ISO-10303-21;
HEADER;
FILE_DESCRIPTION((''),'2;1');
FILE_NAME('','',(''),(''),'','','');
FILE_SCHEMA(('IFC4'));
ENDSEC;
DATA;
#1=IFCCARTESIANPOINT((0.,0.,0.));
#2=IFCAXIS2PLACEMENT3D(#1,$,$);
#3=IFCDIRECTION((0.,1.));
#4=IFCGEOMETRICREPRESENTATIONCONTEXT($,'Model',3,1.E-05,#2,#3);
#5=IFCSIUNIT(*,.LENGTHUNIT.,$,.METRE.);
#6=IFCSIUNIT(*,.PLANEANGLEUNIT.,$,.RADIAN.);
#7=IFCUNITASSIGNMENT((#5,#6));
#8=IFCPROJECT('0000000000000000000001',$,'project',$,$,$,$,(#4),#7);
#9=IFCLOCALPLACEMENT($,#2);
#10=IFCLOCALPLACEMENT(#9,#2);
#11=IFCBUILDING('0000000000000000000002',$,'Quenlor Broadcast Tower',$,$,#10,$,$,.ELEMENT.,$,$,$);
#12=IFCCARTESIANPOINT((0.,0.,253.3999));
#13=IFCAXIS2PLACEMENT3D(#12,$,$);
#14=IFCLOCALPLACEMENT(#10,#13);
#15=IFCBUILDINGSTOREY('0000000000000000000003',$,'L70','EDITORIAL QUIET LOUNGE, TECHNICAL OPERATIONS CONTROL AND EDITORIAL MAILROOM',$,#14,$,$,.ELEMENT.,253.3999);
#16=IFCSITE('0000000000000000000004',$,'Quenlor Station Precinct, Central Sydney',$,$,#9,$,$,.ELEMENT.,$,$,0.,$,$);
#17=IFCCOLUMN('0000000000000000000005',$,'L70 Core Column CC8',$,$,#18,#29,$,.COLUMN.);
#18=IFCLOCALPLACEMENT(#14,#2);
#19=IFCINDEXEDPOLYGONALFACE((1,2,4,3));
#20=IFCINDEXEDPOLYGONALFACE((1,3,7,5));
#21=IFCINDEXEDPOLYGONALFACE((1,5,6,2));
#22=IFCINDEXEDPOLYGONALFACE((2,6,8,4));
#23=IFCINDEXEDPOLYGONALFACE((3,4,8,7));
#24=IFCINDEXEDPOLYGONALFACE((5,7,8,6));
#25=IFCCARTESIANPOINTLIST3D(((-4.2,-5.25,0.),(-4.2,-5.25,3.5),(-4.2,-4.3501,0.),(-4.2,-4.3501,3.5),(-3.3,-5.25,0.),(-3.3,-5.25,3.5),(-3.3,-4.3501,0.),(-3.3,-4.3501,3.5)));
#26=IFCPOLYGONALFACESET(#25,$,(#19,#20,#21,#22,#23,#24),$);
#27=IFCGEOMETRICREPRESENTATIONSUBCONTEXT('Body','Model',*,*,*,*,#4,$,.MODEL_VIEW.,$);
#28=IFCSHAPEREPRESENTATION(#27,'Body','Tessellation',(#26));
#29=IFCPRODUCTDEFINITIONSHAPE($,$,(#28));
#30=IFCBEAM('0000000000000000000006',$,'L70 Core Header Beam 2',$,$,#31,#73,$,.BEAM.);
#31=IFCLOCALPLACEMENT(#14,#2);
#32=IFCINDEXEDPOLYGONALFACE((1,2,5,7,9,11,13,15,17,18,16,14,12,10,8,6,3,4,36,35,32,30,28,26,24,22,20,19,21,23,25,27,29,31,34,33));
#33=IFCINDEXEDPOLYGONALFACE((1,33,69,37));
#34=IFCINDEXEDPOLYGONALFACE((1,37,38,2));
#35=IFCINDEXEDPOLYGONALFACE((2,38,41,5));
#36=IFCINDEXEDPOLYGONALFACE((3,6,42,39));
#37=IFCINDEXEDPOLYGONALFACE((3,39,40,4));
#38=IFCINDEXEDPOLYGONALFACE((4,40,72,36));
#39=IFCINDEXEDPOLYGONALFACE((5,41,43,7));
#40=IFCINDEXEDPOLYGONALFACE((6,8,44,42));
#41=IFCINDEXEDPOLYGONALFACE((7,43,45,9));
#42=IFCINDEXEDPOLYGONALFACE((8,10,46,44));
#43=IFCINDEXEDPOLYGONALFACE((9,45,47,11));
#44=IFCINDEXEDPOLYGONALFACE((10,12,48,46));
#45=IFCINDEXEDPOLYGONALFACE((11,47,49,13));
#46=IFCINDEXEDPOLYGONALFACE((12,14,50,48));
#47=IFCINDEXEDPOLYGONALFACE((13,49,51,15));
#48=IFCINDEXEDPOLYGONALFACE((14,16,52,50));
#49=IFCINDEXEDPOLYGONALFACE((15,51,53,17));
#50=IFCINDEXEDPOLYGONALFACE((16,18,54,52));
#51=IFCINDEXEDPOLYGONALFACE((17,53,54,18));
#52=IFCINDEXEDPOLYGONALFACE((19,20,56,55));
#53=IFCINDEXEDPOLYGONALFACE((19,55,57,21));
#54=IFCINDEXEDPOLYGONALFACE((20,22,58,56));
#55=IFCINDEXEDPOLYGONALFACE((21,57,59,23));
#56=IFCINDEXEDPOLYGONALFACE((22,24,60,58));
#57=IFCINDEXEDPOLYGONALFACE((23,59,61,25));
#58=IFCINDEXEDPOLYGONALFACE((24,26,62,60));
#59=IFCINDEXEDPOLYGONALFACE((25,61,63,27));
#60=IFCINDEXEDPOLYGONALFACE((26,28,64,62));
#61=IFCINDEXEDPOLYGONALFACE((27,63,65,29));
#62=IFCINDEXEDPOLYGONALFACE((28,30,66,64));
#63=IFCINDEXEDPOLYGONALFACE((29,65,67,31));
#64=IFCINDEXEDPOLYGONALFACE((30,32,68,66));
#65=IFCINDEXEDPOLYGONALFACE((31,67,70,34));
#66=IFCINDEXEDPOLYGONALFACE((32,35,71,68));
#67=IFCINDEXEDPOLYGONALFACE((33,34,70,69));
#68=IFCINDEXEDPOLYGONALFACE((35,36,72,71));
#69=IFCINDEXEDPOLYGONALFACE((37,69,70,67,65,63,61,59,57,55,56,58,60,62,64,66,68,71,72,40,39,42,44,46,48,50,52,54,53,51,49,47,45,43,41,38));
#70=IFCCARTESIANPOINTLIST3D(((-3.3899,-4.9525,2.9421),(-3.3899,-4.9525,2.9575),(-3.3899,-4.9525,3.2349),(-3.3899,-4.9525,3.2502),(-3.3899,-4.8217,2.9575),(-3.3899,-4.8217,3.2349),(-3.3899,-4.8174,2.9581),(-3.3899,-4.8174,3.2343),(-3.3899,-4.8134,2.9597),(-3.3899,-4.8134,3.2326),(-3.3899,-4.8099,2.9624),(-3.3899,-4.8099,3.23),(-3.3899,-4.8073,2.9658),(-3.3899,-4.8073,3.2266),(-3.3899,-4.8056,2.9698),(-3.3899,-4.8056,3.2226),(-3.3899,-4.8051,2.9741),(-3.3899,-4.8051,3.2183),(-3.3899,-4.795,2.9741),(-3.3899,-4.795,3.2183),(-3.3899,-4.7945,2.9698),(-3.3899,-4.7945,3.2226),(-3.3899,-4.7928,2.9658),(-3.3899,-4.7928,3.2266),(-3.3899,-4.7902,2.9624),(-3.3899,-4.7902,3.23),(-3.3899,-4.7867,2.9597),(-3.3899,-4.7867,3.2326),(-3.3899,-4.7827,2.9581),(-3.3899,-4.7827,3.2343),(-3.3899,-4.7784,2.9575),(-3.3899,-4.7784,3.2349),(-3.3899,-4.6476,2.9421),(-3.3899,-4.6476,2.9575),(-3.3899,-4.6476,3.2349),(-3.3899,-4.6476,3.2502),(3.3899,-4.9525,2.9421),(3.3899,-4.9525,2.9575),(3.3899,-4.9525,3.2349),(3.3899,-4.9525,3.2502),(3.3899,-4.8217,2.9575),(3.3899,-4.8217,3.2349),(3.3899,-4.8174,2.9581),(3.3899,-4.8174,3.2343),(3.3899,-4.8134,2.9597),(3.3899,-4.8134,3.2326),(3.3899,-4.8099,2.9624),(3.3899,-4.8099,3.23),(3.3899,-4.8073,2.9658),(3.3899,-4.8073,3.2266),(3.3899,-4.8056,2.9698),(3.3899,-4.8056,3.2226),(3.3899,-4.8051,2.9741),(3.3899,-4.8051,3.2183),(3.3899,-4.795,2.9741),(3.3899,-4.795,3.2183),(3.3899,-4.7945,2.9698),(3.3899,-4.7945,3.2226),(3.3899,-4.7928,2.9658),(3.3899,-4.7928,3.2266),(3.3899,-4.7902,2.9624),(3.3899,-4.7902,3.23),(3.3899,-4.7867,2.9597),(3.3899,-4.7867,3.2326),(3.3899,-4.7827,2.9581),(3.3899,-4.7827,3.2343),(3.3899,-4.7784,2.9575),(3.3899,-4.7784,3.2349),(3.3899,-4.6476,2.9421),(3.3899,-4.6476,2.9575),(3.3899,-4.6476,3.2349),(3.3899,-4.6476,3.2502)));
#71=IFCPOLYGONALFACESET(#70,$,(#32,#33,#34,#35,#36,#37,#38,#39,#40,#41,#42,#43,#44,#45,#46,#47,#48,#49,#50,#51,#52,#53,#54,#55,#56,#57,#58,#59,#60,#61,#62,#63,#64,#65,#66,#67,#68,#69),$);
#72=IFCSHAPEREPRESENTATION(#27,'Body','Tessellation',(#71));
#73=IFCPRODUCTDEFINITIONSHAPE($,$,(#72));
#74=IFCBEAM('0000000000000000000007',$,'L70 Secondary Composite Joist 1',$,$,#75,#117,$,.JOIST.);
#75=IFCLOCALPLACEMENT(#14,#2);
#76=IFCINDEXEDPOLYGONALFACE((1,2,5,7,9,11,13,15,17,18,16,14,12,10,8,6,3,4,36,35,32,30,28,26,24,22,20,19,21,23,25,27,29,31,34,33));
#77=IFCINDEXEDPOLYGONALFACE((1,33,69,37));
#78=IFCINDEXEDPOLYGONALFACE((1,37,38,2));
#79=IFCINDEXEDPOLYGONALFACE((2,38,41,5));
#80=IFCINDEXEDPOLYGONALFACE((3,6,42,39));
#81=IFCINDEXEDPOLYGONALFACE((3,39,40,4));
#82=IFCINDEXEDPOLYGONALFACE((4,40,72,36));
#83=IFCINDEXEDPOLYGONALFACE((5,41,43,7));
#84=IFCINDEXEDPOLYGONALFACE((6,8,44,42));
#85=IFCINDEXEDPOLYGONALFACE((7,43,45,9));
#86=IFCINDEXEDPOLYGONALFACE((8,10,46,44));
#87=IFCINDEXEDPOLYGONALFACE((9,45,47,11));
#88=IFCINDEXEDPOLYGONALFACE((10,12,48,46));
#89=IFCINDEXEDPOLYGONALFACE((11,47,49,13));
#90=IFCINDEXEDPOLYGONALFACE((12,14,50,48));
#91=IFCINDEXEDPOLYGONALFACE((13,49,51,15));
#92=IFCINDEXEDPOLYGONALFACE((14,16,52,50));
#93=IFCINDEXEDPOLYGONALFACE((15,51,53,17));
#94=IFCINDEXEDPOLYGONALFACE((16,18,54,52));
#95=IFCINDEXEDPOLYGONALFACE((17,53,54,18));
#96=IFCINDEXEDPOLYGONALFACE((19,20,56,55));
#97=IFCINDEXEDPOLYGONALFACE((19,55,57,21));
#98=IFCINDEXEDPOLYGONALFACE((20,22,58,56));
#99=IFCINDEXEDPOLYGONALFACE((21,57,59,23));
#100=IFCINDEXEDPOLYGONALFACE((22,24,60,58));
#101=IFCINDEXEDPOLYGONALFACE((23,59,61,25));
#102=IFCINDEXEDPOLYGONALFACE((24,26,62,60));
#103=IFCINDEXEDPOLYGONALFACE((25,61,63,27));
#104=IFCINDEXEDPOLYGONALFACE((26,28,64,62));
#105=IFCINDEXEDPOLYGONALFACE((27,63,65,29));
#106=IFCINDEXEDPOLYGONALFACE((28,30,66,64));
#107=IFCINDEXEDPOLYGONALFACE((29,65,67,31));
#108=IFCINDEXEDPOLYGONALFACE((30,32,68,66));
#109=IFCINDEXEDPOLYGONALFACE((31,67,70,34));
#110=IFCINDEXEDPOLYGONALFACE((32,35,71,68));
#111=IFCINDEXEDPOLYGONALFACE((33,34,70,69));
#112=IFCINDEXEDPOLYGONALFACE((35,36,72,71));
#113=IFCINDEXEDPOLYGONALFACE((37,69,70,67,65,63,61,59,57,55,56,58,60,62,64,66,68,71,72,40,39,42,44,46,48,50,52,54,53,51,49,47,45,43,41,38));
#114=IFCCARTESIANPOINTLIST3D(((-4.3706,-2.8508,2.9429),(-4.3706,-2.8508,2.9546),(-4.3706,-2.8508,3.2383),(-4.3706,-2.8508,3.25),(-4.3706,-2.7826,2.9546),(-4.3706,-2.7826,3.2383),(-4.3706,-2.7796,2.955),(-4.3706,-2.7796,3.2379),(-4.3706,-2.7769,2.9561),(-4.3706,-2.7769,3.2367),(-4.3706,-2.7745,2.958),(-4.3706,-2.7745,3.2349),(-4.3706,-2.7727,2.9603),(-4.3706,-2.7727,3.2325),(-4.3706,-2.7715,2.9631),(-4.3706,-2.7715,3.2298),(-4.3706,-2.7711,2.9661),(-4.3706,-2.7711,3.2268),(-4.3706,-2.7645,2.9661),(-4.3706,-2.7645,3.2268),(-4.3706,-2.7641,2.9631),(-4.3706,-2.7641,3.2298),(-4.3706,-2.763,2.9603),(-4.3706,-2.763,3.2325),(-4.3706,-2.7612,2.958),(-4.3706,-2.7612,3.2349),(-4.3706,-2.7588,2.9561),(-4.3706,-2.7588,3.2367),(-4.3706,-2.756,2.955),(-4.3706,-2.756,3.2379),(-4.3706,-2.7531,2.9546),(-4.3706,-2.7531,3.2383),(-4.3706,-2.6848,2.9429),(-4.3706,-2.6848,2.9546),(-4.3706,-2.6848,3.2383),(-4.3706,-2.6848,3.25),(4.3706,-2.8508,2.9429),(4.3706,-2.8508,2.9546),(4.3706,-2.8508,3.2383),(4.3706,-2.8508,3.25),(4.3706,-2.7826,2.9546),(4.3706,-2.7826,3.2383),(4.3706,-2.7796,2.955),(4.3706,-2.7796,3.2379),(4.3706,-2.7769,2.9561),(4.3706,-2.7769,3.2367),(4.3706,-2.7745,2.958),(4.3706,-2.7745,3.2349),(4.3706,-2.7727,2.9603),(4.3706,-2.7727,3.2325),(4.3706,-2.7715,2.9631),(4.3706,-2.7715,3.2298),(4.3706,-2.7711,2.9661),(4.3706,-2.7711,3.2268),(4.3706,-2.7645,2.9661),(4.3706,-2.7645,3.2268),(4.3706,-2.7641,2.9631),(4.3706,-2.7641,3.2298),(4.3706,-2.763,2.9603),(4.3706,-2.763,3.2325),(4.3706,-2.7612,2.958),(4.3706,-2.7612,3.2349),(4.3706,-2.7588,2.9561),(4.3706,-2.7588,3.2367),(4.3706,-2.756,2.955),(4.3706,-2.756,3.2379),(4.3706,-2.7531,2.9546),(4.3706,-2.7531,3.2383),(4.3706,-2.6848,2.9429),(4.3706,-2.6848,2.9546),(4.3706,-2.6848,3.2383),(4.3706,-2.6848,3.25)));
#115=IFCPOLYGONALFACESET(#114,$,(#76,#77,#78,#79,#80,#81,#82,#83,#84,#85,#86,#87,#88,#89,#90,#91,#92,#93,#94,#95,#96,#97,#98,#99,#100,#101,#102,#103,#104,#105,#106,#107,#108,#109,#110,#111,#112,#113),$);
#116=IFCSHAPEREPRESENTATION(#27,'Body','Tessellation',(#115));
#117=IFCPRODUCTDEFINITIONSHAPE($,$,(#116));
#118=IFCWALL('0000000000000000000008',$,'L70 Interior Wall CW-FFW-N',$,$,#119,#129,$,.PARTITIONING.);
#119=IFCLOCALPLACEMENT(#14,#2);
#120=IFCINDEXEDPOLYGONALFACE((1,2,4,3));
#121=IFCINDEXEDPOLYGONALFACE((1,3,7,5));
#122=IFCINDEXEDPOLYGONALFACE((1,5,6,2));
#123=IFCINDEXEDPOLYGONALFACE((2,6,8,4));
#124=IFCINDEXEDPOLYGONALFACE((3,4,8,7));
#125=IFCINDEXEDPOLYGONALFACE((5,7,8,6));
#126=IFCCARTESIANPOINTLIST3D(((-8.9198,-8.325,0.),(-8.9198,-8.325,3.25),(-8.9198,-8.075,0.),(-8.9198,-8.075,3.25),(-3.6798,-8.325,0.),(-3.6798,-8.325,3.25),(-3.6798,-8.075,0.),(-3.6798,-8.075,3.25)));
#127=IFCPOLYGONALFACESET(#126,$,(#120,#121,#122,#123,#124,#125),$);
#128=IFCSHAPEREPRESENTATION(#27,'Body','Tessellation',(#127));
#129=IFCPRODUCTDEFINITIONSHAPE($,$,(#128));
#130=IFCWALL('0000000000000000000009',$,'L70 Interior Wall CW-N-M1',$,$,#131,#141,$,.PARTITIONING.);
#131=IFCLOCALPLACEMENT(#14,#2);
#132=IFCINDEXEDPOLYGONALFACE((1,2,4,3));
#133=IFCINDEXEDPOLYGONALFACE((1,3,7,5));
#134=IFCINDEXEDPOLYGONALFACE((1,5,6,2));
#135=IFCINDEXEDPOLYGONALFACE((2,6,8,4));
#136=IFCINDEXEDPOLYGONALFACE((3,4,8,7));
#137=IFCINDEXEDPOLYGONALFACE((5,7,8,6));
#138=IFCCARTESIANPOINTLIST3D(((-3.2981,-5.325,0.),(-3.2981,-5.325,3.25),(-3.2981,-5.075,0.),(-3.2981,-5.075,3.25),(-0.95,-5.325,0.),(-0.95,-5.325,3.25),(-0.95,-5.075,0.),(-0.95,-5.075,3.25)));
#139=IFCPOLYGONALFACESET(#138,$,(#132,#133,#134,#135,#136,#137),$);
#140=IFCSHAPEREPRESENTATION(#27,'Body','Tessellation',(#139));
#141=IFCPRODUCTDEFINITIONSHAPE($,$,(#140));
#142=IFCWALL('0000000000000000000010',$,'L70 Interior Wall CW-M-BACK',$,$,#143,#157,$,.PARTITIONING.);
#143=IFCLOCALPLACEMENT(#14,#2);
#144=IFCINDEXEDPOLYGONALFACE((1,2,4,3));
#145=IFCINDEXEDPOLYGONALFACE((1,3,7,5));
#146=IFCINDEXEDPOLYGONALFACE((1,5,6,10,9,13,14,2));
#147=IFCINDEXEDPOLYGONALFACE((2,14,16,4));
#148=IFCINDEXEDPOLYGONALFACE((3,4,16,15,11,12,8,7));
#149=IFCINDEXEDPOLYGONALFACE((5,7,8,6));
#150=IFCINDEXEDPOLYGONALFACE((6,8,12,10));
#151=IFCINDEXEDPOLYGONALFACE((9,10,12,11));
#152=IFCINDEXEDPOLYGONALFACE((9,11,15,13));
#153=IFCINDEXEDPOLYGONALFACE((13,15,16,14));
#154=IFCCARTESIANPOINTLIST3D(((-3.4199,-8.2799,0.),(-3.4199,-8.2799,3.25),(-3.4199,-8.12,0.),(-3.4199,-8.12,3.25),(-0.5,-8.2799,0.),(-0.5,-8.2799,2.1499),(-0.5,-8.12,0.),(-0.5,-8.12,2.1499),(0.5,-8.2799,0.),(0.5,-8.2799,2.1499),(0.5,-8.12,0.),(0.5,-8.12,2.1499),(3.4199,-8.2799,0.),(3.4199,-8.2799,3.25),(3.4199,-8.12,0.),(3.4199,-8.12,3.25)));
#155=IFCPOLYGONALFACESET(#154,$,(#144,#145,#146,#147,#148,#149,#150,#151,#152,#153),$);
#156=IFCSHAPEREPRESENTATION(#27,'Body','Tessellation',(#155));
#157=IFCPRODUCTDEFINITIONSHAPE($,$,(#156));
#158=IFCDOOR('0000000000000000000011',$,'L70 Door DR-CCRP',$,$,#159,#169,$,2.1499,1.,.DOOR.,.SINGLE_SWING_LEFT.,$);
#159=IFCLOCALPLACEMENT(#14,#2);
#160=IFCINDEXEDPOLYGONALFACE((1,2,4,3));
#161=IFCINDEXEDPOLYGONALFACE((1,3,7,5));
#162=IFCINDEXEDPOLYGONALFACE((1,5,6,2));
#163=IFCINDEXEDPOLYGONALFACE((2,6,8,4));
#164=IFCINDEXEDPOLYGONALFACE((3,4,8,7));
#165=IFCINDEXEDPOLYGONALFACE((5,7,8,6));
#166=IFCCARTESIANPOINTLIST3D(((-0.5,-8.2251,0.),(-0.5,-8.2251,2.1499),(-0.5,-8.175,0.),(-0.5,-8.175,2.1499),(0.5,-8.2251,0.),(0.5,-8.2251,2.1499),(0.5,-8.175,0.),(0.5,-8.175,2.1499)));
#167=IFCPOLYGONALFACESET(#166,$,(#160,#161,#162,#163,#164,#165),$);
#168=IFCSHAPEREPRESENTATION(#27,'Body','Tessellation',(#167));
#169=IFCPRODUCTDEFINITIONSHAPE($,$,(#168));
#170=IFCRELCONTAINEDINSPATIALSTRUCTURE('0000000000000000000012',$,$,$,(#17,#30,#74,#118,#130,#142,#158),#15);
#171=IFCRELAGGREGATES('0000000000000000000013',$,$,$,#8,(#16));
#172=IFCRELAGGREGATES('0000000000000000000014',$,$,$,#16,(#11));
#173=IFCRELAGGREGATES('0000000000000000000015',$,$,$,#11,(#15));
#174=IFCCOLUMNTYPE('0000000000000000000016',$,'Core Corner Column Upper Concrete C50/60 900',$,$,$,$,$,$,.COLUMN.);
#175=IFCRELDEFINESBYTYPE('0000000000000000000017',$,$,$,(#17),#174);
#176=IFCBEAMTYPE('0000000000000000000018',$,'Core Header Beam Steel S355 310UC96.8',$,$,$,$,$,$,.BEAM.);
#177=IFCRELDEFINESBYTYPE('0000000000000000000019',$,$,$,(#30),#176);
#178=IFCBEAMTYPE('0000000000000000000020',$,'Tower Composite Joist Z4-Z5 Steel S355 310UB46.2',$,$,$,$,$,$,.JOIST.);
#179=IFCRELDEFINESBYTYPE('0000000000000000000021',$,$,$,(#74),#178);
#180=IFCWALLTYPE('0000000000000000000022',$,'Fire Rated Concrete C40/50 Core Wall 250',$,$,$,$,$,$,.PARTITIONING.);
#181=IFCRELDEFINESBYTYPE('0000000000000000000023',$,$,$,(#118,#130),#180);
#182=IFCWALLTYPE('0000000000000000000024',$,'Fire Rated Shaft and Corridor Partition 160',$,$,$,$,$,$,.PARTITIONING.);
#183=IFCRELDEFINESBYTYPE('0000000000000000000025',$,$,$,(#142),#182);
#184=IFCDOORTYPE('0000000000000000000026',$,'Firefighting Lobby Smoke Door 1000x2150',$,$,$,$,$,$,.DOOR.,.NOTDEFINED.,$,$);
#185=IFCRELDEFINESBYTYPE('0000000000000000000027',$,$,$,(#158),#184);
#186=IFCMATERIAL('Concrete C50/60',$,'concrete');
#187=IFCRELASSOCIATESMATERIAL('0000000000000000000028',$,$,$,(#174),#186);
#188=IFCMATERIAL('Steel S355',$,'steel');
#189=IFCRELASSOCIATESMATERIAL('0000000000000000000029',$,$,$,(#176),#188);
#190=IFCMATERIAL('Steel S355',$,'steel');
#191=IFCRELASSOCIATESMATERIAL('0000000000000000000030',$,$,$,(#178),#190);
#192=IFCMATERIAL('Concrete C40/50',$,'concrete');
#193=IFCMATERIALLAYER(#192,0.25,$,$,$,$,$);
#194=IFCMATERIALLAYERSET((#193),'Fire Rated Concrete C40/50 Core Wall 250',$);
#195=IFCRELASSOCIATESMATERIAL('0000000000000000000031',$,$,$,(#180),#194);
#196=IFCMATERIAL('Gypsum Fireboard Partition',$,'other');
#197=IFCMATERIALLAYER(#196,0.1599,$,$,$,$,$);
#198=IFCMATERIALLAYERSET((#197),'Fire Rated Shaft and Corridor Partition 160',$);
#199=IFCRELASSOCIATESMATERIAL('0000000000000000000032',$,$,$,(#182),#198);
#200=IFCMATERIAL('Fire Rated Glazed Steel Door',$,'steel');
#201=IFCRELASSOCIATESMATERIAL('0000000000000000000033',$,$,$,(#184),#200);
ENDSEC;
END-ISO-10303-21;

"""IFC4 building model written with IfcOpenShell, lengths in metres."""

from ifc_helpers import new_model, si_unit, direction, frame, frame_2d, origin, origin_2d, place, context, subcontext, project, spatial, rectangle, i_section, extrude, material, layer, layer_set, material_profile, profile_set, type_object, element, fill, save


model = new_model("IFC4")

# Units and contexts
model_context = context("Model", 3, precision=1e-05, world=origin(), true_north=direction((0.0, 1.0)))
body_context = subcontext(model_context, "Body", "Model", "MODEL_VIEW")
ifc_project = project(units=[si_unit("LENGTHUNIT", "METRE"), si_unit("PLANEANGLEUNIT", "RADIAN")], contexts=[model_context])

# Site, building, storey
site_placement = place(None, origin())
site = spatial("IfcSite", under=ifc_project, at=site_placement, Name="Quenlor Station Precinct, Central Sydney", CompositionType="ELEMENT", RefElevation=0.0)
building_placement = place(site_placement, origin())
building = spatial("IfcBuilding", under=site, at=building_placement, Name="Quenlor Broadcast Tower", CompositionType="ELEMENT")
storey_placement = place(building_placement, frame((0.0, 0.0, 253.3999)))
storey = spatial("IfcBuildingStorey", under=building, at=storey_placement, Name="L70", Description="EDITORIAL QUIET LOUNGE, TECHNICAL OPERATIONS CONTROL AND EDITORIAL MAILROOM", CompositionType="ELEMENT", Elevation=253.3999)

# Column
ifc_material_1 = material(Name="Concrete C50/60", Category="concrete")
ifc_material_profile_1 = material_profile(ifc_material_1, rectangle(XDim=0.8999, YDim=0.8999, at=origin_2d()))
ifc_profile_set_1 = profile_set([ifc_material_profile_1], Name="Concrete C50/60 RC900x900")
column_type = type_object("IfcColumnType", Name="Core Corner Column Upper Concrete C50/60 900", PredefinedType="COLUMN", material=ifc_profile_set_1)
column_placement = place(storey_placement, frame((-3.75, -4.8, 0.0), z_axis=(0.0, 0.0, 1.0), x_axis=(1.0, 0.0, 0.0)))
element("IfcColumn", 1, at=column_placement, inside=storey, type_object=column_type, Name="L70 Core Column CC8", PredefinedType="COLUMN", context=body_context, shape_type="SweptSolid", body=[
    extrude(rectangle(XDim=0.8999, YDim=0.8999, at=origin_2d()), origin(), (0.0, 0.0, 1.0), 3.5),
])

# Beams
ifc_material_2 = material(Name="Steel S355", Category="steel")
ifc_material_profile_2 = material_profile(ifc_material_2, i_section(OverallWidth=0.3049, OverallDepth=0.3081, WebThickness=0.01, FlangeThickness=0.0154, FilletRadius=0.0166, at=origin_2d()))
ifc_profile_set_2 = profile_set([ifc_material_profile_2], Name="Steel S355 310UC96.8")
beam_type_1 = type_object("IfcBeamType", Name="Core Header Beam Steel S355 310UC96.8", PredefinedType="BEAM", material=ifc_profile_set_2)
beam_1_placement = place(storey_placement, frame((-3.3899, -4.8, 3.0962), z_axis=(1.0, 0.0, 0.0), x_axis=(0.0, 1.0, 0.0)))
element("IfcBeam", 2, at=beam_1_placement, inside=storey, type_object=beam_type_1, Name="L70 Core Header Beam 2", PredefinedType="BEAM", context=body_context, shape_type="SweptSolid", body=[
    extrude(i_section(OverallWidth=0.3049, OverallDepth=0.3081, WebThickness=0.01, FlangeThickness=0.0154, FilletRadius=0.0166, at=origin_2d()), origin(), (0.0, 0.0, 1.0), 6.7798),
])
ifc_material_3 = material(Name="Steel S355", Category="steel")
ifc_material_profile_3 = material_profile(ifc_material_3, i_section(OverallWidth=0.166, OverallDepth=0.3071, WebThickness=0.0066, FlangeThickness=0.0117, FilletRadius=0.0115, at=origin_2d()))
ifc_profile_set_3 = profile_set([ifc_material_profile_3], Name="Steel S355 310UB46.2")
beam_type_2 = type_object("IfcBeamType", Name="Tower Composite Joist Z4-Z5 Steel S355 310UB46.2", PredefinedType="JOIST", material=ifc_profile_set_3)
beam_2_placement = place(storey_placement, frame((-4.3706, -2.7678, 3.0964), z_axis=(1.0, 0.0, 0.0), x_axis=(0.0, 1.0, 0.0)))
element("IfcBeam", 3, at=beam_2_placement, inside=storey, type_object=beam_type_2, Name="L70 Secondary Composite Joist 1", PredefinedType="JOIST", context=body_context, shape_type="SweptSolid", body=[
    extrude(i_section(OverallWidth=0.166, OverallDepth=0.3071, WebThickness=0.0066, FlangeThickness=0.0117, FilletRadius=0.0115, at=origin_2d()), origin(), (0.0, 0.0, 1.0), 8.7412),
])

# Shared definitions
ifc_material_4 = material(Name="Concrete C40/50", Category="concrete")
ifc_layer_1 = layer(ifc_material_4, 0.25)
ifc_layer_set_1 = layer_set([ifc_layer_1], Name="Fire Rated Concrete C40/50 Core Wall 250")
wall_type_1 = type_object("IfcWallType", Name="Fire Rated Concrete C40/50 Core Wall 250", PredefinedType="PARTITIONING", material=ifc_layer_set_1)

# Walls
wall_1_placement = place(storey_placement, frame((-8.9199, -8.2, 0.0), z_axis=(0.0, 0.0, 1.0), x_axis=(1.0, 0.0, 0.0)))
element("IfcWall", 4, at=wall_1_placement, inside=storey, type_object=wall_type_1, Name="L70 Interior Wall CW-FFW-N", PredefinedType="PARTITIONING", context=body_context, shape_type="SweptSolid", body=[
    extrude(rectangle(XDim=5.24, YDim=0.25, at=frame_2d((2.6201, 0.0))), origin(), (0.0, 0.0, 1.0), 3.25),
])
wall_2_placement = place(storey_placement, frame((-3.2981, -5.2, 0.0), z_axis=(0.0, 0.0, 1.0), x_axis=(1.0, 0.0, 0.0)))
element("IfcWall", 5, at=wall_2_placement, inside=storey, type_object=wall_type_1, Name="L70 Interior Wall CW-N-M1", PredefinedType="PARTITIONING", context=body_context, shape_type="SweptSolid", body=[
    extrude(rectangle(XDim=2.3481, YDim=0.25, at=frame_2d((1.1741, 0.0))), origin(), (0.0, 0.0, 1.0), 3.25),
])

# Wall, opening, door
ifc_material_5 = material(Name="Gypsum Fireboard Partition", Category="other")
ifc_layer_2 = layer(ifc_material_5, 0.1599)
ifc_layer_set_2 = layer_set([ifc_layer_2], Name="Fire Rated Shaft and Corridor Partition 160")
wall_type_2 = type_object("IfcWallType", Name="Fire Rated Shaft and Corridor Partition 160", PredefinedType="PARTITIONING", material=ifc_layer_set_2)
wall_3_placement = place(storey_placement, frame((-3.4199, -8.2, 0.0), z_axis=(0.0, 0.0, 1.0), x_axis=(1.0, 0.0, 0.0)))
wall_3 = element("IfcWall", 6, at=wall_3_placement, inside=storey, type_object=wall_type_2, Name="L70 Interior Wall CW-M-BACK", PredefinedType="PARTITIONING", context=body_context, shape_type="SweptSolid", body=[
    extrude(rectangle(XDim=6.8398, YDim=0.1599, at=frame_2d((3.4199, 0.0))), origin(), (0.0, 0.0, 1.0), 3.25),
])
opening_1_placement = place(wall_3_placement, frame((2.9199, 0.0, 0.0)))
opening_1 = element("IfcOpeningElement", 7, at=opening_1_placement, cuts=wall_3, PredefinedType="OPENING", context=body_context, shape_type="SweptSolid", body=[
    extrude(rectangle(XDim=1.0, YDim=2.1499, at=frame_2d((0.5, 1.075))), frame((0.0, 0.0898, 0.0), z_axis=(0.0, -1.0, 0.0), x_axis=(1.0, 0.0, 0.0)), (0.0, 0.0, 1.0), 0.1799),
])
ifc_material_6 = material(Name="Fire Rated Glazed Steel Door", Category="steel")
door_type_1 = type_object("IfcDoorType", Name="Firefighting Lobby Smoke Door 1000x2150", OperationType="NOTDEFINED", PredefinedType="DOOR", material=ifc_material_6)
door_1_placement = place(opening_1_placement, origin())
door_1 = element("IfcDoor", 8, at=door_1_placement, inside=storey, type_object=door_type_1, Name="L70 Door DR-CCRP", OperationType="SINGLE_SWING_LEFT", OverallHeight=2.1499, OverallWidth=1.0, PredefinedType="DOOR", context=body_context, shape_type="SweptSolid", body=[
    extrude(rectangle(XDim=1.0, YDim=2.1499, at=frame_2d((0.5, 1.075))), frame((0.0, 0.0249, 0.0), z_axis=(0.0, -1.0, 0.0), x_axis=(1.0, 0.0, 0.0)), (0.0, 0.0, 1.0), 0.05),
])
fill(opening_1, door_1)

save(model, "model.ifc")
